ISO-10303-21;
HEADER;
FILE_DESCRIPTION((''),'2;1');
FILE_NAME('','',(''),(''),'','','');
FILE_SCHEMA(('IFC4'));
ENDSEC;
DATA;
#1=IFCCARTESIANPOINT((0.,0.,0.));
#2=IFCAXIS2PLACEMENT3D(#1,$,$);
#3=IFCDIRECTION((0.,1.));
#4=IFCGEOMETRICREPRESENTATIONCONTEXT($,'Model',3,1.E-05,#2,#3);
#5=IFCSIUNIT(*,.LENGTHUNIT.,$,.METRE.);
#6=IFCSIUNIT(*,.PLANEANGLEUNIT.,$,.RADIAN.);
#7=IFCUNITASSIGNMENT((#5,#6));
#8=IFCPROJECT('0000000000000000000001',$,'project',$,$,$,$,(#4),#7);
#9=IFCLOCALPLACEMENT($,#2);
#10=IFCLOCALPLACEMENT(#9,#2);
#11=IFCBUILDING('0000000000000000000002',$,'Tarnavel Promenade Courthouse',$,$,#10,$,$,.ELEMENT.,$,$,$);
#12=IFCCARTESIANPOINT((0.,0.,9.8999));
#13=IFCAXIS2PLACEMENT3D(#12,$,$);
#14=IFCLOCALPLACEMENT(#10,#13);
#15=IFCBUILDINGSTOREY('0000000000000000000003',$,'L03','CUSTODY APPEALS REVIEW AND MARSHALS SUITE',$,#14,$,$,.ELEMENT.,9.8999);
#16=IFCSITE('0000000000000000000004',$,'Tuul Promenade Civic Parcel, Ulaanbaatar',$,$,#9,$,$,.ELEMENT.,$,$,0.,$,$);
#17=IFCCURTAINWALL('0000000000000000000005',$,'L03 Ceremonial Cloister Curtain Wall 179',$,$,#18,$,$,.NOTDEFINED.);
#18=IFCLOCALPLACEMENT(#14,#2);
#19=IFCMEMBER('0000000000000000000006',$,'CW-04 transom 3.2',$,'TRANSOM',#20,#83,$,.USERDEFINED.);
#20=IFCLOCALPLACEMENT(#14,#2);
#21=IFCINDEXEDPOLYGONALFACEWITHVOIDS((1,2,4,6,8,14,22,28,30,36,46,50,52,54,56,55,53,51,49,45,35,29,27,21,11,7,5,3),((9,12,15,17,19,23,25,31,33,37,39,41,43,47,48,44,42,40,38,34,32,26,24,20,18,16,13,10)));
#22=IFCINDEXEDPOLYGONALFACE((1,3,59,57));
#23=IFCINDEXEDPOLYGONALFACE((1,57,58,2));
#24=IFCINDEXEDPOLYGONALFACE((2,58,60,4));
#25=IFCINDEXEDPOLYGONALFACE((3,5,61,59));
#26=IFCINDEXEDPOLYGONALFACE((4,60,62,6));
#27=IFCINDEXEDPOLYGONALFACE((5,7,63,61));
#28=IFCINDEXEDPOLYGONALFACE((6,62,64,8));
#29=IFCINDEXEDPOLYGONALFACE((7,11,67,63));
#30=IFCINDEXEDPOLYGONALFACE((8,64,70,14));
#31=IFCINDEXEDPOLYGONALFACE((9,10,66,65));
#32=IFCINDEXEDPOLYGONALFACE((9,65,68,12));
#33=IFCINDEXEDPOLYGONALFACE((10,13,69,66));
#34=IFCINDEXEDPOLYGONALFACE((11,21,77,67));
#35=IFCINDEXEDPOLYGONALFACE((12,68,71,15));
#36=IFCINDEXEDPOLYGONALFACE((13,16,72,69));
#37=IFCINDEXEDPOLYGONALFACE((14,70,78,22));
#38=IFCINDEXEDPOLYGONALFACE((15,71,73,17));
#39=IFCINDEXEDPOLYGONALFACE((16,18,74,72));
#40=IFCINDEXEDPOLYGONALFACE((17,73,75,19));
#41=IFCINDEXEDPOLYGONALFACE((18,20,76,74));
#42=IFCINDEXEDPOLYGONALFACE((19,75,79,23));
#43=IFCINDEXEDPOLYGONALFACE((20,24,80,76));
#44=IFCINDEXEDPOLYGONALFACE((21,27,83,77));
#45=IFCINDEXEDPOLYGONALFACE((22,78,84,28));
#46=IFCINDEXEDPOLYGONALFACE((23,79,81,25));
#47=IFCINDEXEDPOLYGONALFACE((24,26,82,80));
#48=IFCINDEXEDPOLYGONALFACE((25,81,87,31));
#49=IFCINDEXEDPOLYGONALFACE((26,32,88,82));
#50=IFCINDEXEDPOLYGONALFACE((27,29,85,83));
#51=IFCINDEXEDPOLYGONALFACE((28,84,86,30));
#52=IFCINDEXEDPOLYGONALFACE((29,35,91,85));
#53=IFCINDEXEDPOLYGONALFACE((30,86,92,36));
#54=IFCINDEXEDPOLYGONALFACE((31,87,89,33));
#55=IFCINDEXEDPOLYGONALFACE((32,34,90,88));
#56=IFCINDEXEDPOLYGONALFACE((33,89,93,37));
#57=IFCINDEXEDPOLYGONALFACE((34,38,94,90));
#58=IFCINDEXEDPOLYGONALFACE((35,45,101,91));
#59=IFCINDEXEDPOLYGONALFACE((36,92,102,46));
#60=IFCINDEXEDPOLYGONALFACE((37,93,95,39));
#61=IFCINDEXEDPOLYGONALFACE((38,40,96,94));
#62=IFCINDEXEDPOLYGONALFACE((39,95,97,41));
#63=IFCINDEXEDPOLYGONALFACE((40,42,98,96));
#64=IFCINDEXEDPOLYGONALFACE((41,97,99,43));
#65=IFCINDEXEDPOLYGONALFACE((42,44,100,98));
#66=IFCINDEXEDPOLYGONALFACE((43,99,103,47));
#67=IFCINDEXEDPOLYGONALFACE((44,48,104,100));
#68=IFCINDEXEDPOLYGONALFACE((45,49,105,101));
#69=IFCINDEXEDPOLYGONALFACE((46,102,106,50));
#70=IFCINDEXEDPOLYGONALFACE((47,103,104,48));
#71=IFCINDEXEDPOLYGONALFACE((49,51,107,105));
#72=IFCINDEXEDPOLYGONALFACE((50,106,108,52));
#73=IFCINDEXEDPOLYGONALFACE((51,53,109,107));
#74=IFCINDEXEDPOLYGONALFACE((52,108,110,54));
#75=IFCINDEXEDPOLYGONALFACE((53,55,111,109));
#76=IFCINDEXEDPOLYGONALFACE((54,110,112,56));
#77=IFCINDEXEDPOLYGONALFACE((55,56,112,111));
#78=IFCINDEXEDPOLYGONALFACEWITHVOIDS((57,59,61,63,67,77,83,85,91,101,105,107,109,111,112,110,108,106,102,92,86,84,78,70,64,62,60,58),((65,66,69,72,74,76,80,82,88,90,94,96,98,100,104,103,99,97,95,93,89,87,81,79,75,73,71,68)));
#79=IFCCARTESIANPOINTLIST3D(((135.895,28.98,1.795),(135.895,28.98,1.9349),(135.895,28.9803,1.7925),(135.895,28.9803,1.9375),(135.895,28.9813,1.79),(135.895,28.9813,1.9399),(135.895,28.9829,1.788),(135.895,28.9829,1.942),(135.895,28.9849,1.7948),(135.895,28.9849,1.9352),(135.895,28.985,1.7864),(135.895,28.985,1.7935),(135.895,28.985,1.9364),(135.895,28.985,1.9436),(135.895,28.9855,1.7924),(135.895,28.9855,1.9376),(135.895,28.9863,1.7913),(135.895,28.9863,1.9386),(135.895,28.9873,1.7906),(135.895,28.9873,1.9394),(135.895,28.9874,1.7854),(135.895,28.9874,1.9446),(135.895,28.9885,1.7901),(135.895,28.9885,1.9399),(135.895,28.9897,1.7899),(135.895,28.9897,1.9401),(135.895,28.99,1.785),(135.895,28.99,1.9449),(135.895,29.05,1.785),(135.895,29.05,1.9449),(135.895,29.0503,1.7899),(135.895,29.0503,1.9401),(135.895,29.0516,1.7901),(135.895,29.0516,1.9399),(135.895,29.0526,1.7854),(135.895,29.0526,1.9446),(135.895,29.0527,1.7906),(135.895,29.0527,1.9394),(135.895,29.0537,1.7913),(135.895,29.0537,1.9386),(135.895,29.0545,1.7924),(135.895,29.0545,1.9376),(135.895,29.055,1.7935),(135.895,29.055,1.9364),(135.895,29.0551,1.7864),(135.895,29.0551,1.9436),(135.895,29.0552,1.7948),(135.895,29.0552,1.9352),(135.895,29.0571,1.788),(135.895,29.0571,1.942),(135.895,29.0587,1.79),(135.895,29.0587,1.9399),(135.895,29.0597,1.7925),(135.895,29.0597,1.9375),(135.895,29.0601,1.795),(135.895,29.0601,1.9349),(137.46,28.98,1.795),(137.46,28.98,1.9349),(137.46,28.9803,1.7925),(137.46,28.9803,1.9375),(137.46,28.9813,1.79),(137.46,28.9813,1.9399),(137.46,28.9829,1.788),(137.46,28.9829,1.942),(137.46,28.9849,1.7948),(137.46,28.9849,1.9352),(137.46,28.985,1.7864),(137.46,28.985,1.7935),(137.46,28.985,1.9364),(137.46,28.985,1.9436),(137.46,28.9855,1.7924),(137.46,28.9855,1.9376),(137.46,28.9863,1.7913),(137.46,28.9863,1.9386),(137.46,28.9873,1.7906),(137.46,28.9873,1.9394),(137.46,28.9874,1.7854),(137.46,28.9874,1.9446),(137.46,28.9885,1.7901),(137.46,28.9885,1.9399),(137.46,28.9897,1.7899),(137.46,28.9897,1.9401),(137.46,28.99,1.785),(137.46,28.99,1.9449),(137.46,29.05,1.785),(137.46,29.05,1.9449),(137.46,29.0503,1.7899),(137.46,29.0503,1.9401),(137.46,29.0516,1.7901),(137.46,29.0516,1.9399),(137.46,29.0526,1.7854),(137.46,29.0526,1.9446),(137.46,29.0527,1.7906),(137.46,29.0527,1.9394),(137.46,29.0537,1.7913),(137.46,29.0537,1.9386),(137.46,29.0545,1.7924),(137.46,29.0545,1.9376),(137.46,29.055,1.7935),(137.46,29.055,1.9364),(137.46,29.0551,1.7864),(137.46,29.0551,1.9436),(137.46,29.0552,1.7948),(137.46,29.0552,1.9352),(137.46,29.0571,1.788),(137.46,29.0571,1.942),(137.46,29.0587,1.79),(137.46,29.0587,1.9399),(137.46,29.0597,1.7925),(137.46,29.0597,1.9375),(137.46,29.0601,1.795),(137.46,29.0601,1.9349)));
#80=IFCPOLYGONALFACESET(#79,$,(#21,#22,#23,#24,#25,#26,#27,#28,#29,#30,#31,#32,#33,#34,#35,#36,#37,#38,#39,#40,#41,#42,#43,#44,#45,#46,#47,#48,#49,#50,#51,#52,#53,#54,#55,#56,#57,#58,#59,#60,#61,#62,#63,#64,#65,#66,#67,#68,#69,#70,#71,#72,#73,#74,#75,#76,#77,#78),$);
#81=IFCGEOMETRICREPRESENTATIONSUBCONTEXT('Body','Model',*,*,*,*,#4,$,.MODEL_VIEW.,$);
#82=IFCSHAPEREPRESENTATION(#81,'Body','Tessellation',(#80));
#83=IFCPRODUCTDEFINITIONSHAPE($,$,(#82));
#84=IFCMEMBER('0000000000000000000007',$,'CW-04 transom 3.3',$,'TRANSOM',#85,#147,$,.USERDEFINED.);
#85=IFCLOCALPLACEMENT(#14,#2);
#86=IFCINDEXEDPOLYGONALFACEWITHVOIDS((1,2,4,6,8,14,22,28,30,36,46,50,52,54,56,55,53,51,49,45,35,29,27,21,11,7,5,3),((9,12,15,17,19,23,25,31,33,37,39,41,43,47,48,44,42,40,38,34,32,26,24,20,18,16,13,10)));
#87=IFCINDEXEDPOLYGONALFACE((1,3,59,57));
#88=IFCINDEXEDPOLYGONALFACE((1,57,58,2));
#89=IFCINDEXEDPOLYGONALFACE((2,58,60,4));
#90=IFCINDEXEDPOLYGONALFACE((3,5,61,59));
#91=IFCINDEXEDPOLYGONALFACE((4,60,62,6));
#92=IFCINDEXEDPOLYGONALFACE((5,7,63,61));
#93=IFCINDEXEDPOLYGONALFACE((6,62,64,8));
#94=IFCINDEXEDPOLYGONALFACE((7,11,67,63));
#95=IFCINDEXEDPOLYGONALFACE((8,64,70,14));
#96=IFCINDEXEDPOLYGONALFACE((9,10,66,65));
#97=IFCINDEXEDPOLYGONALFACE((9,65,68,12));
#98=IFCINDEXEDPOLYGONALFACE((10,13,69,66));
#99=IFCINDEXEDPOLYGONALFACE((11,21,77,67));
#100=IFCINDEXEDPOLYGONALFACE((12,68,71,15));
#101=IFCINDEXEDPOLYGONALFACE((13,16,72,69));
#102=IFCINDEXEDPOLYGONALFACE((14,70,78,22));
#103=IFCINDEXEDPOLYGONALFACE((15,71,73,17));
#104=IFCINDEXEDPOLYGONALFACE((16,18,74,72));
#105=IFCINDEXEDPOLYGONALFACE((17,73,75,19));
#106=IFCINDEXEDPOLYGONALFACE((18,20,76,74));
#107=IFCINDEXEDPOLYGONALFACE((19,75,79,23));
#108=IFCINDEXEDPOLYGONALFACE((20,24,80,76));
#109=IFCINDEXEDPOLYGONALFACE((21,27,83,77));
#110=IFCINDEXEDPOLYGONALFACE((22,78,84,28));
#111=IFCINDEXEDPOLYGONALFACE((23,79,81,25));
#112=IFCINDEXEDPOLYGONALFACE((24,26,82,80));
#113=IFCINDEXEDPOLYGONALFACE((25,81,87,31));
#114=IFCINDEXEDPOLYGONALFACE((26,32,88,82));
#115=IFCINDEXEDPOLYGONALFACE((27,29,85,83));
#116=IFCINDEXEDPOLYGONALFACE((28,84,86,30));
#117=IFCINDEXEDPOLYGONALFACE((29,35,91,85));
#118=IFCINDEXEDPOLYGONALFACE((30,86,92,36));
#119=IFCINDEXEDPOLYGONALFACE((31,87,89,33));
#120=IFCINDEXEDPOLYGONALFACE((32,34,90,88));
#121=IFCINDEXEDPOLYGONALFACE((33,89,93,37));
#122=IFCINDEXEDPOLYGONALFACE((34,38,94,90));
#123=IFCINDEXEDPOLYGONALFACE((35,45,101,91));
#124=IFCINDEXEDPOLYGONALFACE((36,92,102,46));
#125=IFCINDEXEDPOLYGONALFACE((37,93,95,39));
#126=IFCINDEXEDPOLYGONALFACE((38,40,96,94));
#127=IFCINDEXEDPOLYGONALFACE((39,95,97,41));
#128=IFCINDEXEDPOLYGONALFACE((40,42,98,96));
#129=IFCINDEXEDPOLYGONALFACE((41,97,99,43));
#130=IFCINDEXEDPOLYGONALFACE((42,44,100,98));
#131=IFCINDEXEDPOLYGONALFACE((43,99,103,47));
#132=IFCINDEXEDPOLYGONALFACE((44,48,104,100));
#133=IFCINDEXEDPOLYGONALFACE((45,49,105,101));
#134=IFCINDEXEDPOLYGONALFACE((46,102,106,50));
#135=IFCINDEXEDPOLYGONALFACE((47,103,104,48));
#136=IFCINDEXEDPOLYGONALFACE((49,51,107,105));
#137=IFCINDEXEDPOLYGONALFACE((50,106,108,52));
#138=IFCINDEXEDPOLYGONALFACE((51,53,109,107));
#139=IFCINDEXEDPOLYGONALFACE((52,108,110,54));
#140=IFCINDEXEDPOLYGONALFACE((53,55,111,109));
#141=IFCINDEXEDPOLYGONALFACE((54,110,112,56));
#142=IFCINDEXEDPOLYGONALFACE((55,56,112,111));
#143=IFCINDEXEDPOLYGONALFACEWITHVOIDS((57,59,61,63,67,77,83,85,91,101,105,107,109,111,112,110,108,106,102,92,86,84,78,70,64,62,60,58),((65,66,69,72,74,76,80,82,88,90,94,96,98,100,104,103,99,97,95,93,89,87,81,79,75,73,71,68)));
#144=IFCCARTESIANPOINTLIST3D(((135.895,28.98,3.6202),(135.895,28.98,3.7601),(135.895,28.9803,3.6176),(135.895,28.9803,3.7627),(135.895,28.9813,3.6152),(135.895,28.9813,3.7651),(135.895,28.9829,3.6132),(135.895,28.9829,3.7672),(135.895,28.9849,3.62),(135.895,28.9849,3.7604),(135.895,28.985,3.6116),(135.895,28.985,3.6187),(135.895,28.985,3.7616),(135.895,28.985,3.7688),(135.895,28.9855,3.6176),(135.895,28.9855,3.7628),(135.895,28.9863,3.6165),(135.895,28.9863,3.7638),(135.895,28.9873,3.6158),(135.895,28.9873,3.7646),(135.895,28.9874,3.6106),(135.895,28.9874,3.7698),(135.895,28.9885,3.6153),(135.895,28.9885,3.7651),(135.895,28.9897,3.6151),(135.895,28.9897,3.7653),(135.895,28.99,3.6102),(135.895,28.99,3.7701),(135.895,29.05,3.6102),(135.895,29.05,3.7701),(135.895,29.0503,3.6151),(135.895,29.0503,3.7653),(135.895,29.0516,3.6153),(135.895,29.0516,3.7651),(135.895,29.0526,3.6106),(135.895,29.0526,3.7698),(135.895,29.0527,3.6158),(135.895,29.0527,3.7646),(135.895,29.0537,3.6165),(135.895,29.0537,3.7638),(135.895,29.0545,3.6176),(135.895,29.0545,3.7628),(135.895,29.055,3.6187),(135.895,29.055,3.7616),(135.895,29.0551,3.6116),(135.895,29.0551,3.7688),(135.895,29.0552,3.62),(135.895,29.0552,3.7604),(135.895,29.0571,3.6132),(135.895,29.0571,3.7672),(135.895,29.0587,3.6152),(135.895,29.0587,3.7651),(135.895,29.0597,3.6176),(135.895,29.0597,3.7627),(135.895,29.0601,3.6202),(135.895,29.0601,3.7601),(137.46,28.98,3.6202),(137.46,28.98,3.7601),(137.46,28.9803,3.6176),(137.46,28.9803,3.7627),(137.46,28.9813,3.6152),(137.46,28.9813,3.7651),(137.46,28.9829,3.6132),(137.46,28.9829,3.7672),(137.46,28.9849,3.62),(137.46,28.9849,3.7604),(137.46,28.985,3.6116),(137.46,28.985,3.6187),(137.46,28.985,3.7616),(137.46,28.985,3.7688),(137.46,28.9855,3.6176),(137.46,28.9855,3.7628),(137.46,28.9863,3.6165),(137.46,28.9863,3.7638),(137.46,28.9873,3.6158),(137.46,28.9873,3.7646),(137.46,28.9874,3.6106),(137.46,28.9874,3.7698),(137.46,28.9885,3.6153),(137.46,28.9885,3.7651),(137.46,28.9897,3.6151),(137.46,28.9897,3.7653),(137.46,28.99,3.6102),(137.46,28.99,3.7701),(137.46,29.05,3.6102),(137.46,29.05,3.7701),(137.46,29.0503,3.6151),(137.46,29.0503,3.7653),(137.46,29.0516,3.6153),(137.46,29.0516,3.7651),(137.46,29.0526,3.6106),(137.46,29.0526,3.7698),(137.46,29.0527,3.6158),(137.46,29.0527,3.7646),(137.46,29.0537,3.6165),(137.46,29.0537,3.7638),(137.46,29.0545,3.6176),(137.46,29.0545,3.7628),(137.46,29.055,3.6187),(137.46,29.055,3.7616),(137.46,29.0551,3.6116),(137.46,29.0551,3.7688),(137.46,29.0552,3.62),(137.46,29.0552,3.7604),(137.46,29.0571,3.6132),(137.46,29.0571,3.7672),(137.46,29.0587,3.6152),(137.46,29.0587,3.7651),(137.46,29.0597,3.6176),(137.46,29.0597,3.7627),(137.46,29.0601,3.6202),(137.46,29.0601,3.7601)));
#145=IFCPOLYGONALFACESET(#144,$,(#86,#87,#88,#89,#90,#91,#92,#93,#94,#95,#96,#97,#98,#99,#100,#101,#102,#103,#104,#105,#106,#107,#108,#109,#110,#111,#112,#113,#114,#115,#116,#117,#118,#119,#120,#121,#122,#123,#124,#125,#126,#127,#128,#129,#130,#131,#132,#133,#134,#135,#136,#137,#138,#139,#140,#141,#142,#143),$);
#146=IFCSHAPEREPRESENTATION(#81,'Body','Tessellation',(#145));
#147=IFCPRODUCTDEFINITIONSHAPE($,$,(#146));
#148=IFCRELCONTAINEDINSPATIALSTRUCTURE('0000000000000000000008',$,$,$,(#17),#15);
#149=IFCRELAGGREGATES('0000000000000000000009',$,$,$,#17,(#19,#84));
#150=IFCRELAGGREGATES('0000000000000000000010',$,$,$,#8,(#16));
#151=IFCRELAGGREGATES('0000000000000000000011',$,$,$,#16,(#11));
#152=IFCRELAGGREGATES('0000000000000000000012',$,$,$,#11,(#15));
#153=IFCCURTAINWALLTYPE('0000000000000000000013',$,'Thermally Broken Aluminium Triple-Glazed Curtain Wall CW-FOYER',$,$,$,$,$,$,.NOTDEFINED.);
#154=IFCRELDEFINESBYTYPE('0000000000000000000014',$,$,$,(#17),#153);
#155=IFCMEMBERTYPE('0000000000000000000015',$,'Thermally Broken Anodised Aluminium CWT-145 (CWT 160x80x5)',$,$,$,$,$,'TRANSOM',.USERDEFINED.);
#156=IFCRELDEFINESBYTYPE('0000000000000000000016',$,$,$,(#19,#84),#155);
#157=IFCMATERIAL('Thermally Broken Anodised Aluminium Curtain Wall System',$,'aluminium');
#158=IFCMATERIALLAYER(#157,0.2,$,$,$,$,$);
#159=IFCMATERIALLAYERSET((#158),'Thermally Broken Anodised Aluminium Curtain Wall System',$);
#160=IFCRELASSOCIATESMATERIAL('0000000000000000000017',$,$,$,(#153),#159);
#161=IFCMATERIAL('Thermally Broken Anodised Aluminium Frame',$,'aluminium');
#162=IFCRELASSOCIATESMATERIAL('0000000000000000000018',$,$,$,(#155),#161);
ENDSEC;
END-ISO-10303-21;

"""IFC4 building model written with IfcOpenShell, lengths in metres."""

from ifc_helpers import new_model, si_unit, direction, frame, origin, origin_2d, place, context, subcontext, project, spatial, hollow_rectangle, extrude, material, layer, layer_set, material_profile, profile_set, type_object, element, aggregate, save


model = new_model("IFC4")

# Units and contexts
model_context = context("Model", 3, precision=1e-05, world=origin(), true_north=direction((0.0, 1.0)))
body_context = subcontext(model_context, "Body", "Model", "MODEL_VIEW")
ifc_project = project(units=[si_unit("LENGTHUNIT", "METRE"), si_unit("PLANEANGLEUNIT", "RADIAN")], contexts=[model_context])

# Site, building, storey
site_placement = place(None, origin())
site = spatial("IfcSite", under=ifc_project, at=site_placement, Name="Tuul Promenade Civic Parcel, Ulaanbaatar", CompositionType="ELEMENT", RefElevation=0.0)
building_placement = place(site_placement, origin())
building = spatial("IfcBuilding", under=site, at=building_placement, Name="Tarnavel Promenade Courthouse", CompositionType="ELEMENT")
storey_placement = place(building_placement, frame((0.0, 0.0, 9.8999)))
storey = spatial("IfcBuildingStorey", under=building, at=storey_placement, Name="L03", Description="CUSTODY APPEALS REVIEW AND MARSHALS SUITE", CompositionType="ELEMENT", Elevation=9.8999)

# Curtain wall
ifc_material_1 = material(Name="Thermally Broken Anodised Aluminium Curtain Wall System", Category="aluminium")
ifc_layer_1 = layer(ifc_material_1, 0.2)
ifc_layer_set_1 = layer_set([ifc_layer_1], Name="Thermally Broken Anodised Aluminium Curtain Wall System")
curtain_wall_type = type_object("IfcCurtainWallType", Name="Thermally Broken Aluminium Triple-Glazed Curtain Wall CW-FOYER", PredefinedType="NOTDEFINED", material=ifc_layer_set_1)
curtain_wall_1_placement = place(storey_placement, origin())
curtain_wall_1 = element("IfcCurtainWall", 1, at=curtain_wall_1_placement, inside=storey, type_object=curtain_wall_type, Name="L03 Ceremonial Cloister Curtain Wall 179", PredefinedType="NOTDEFINED")
ifc_material_2 = material(Name="Thermally Broken Anodised Aluminium Frame", Category="aluminium")

# Members
ifc_material_profile_1 = material_profile(ifc_material_2, hollow_rectangle(XDim=0.0801, YDim=0.1599, WallThickness=0.0049, InnerFilletRadius=0.0049, OuterFilletRadius=0.01, at=origin_2d()), Name="CWT 160x80x5")
ifc_profile_set_1 = profile_set([ifc_material_profile_1], Name="Thermally Broken Anodised Aluminium Frame")
member_type_1 = type_object("IfcMemberType", Name="Thermally Broken Anodised Aluminium CWT-145 (CWT 160x80x5)", ElementType="TRANSOM", PredefinedType="USERDEFINED", material=ifc_profile_set_1)
member_1_placement = place(storey_placement, frame((135.895, 29.02, 1.865), z_axis=(1.0, 0.0, 0.0), x_axis=(0.0, 1.0, 0.0)))
member_1 = element("IfcMember", 2, at=member_1_placement, type_object=member_type_1, Name="CW-04 transom 3.2", ObjectType="TRANSOM", PredefinedType="USERDEFINED", context=body_context, shape_type="SweptSolid", body=[
    extrude(hollow_rectangle(XDim=0.0801, YDim=0.1599, WallThickness=0.0049, InnerFilletRadius=0.0049, OuterFilletRadius=0.01, at=origin_2d()), origin(), (0.0, 0.0, 1.0), 1.5649),
])
member_2_placement = place(storey_placement, frame((135.895, 29.02, 3.6902), z_axis=(1.0, 0.0, 0.0), x_axis=(0.0, 1.0, 0.0)))
member_2 = element("IfcMember", 3, at=member_2_placement, type_object=member_type_1, Name="CW-04 transom 3.3", ObjectType="TRANSOM", PredefinedType="USERDEFINED", context=body_context, shape_type="SweptSolid", body=[
    extrude(hollow_rectangle(XDim=0.0801, YDim=0.1599, WallThickness=0.0049, InnerFilletRadius=0.0049, OuterFilletRadius=0.01, at=origin_2d()), origin(), (0.0, 0.0, 1.0), 1.5649),
])

aggregate(curtain_wall_1, [member_1, member_2])

save(model, "model.ifc")
